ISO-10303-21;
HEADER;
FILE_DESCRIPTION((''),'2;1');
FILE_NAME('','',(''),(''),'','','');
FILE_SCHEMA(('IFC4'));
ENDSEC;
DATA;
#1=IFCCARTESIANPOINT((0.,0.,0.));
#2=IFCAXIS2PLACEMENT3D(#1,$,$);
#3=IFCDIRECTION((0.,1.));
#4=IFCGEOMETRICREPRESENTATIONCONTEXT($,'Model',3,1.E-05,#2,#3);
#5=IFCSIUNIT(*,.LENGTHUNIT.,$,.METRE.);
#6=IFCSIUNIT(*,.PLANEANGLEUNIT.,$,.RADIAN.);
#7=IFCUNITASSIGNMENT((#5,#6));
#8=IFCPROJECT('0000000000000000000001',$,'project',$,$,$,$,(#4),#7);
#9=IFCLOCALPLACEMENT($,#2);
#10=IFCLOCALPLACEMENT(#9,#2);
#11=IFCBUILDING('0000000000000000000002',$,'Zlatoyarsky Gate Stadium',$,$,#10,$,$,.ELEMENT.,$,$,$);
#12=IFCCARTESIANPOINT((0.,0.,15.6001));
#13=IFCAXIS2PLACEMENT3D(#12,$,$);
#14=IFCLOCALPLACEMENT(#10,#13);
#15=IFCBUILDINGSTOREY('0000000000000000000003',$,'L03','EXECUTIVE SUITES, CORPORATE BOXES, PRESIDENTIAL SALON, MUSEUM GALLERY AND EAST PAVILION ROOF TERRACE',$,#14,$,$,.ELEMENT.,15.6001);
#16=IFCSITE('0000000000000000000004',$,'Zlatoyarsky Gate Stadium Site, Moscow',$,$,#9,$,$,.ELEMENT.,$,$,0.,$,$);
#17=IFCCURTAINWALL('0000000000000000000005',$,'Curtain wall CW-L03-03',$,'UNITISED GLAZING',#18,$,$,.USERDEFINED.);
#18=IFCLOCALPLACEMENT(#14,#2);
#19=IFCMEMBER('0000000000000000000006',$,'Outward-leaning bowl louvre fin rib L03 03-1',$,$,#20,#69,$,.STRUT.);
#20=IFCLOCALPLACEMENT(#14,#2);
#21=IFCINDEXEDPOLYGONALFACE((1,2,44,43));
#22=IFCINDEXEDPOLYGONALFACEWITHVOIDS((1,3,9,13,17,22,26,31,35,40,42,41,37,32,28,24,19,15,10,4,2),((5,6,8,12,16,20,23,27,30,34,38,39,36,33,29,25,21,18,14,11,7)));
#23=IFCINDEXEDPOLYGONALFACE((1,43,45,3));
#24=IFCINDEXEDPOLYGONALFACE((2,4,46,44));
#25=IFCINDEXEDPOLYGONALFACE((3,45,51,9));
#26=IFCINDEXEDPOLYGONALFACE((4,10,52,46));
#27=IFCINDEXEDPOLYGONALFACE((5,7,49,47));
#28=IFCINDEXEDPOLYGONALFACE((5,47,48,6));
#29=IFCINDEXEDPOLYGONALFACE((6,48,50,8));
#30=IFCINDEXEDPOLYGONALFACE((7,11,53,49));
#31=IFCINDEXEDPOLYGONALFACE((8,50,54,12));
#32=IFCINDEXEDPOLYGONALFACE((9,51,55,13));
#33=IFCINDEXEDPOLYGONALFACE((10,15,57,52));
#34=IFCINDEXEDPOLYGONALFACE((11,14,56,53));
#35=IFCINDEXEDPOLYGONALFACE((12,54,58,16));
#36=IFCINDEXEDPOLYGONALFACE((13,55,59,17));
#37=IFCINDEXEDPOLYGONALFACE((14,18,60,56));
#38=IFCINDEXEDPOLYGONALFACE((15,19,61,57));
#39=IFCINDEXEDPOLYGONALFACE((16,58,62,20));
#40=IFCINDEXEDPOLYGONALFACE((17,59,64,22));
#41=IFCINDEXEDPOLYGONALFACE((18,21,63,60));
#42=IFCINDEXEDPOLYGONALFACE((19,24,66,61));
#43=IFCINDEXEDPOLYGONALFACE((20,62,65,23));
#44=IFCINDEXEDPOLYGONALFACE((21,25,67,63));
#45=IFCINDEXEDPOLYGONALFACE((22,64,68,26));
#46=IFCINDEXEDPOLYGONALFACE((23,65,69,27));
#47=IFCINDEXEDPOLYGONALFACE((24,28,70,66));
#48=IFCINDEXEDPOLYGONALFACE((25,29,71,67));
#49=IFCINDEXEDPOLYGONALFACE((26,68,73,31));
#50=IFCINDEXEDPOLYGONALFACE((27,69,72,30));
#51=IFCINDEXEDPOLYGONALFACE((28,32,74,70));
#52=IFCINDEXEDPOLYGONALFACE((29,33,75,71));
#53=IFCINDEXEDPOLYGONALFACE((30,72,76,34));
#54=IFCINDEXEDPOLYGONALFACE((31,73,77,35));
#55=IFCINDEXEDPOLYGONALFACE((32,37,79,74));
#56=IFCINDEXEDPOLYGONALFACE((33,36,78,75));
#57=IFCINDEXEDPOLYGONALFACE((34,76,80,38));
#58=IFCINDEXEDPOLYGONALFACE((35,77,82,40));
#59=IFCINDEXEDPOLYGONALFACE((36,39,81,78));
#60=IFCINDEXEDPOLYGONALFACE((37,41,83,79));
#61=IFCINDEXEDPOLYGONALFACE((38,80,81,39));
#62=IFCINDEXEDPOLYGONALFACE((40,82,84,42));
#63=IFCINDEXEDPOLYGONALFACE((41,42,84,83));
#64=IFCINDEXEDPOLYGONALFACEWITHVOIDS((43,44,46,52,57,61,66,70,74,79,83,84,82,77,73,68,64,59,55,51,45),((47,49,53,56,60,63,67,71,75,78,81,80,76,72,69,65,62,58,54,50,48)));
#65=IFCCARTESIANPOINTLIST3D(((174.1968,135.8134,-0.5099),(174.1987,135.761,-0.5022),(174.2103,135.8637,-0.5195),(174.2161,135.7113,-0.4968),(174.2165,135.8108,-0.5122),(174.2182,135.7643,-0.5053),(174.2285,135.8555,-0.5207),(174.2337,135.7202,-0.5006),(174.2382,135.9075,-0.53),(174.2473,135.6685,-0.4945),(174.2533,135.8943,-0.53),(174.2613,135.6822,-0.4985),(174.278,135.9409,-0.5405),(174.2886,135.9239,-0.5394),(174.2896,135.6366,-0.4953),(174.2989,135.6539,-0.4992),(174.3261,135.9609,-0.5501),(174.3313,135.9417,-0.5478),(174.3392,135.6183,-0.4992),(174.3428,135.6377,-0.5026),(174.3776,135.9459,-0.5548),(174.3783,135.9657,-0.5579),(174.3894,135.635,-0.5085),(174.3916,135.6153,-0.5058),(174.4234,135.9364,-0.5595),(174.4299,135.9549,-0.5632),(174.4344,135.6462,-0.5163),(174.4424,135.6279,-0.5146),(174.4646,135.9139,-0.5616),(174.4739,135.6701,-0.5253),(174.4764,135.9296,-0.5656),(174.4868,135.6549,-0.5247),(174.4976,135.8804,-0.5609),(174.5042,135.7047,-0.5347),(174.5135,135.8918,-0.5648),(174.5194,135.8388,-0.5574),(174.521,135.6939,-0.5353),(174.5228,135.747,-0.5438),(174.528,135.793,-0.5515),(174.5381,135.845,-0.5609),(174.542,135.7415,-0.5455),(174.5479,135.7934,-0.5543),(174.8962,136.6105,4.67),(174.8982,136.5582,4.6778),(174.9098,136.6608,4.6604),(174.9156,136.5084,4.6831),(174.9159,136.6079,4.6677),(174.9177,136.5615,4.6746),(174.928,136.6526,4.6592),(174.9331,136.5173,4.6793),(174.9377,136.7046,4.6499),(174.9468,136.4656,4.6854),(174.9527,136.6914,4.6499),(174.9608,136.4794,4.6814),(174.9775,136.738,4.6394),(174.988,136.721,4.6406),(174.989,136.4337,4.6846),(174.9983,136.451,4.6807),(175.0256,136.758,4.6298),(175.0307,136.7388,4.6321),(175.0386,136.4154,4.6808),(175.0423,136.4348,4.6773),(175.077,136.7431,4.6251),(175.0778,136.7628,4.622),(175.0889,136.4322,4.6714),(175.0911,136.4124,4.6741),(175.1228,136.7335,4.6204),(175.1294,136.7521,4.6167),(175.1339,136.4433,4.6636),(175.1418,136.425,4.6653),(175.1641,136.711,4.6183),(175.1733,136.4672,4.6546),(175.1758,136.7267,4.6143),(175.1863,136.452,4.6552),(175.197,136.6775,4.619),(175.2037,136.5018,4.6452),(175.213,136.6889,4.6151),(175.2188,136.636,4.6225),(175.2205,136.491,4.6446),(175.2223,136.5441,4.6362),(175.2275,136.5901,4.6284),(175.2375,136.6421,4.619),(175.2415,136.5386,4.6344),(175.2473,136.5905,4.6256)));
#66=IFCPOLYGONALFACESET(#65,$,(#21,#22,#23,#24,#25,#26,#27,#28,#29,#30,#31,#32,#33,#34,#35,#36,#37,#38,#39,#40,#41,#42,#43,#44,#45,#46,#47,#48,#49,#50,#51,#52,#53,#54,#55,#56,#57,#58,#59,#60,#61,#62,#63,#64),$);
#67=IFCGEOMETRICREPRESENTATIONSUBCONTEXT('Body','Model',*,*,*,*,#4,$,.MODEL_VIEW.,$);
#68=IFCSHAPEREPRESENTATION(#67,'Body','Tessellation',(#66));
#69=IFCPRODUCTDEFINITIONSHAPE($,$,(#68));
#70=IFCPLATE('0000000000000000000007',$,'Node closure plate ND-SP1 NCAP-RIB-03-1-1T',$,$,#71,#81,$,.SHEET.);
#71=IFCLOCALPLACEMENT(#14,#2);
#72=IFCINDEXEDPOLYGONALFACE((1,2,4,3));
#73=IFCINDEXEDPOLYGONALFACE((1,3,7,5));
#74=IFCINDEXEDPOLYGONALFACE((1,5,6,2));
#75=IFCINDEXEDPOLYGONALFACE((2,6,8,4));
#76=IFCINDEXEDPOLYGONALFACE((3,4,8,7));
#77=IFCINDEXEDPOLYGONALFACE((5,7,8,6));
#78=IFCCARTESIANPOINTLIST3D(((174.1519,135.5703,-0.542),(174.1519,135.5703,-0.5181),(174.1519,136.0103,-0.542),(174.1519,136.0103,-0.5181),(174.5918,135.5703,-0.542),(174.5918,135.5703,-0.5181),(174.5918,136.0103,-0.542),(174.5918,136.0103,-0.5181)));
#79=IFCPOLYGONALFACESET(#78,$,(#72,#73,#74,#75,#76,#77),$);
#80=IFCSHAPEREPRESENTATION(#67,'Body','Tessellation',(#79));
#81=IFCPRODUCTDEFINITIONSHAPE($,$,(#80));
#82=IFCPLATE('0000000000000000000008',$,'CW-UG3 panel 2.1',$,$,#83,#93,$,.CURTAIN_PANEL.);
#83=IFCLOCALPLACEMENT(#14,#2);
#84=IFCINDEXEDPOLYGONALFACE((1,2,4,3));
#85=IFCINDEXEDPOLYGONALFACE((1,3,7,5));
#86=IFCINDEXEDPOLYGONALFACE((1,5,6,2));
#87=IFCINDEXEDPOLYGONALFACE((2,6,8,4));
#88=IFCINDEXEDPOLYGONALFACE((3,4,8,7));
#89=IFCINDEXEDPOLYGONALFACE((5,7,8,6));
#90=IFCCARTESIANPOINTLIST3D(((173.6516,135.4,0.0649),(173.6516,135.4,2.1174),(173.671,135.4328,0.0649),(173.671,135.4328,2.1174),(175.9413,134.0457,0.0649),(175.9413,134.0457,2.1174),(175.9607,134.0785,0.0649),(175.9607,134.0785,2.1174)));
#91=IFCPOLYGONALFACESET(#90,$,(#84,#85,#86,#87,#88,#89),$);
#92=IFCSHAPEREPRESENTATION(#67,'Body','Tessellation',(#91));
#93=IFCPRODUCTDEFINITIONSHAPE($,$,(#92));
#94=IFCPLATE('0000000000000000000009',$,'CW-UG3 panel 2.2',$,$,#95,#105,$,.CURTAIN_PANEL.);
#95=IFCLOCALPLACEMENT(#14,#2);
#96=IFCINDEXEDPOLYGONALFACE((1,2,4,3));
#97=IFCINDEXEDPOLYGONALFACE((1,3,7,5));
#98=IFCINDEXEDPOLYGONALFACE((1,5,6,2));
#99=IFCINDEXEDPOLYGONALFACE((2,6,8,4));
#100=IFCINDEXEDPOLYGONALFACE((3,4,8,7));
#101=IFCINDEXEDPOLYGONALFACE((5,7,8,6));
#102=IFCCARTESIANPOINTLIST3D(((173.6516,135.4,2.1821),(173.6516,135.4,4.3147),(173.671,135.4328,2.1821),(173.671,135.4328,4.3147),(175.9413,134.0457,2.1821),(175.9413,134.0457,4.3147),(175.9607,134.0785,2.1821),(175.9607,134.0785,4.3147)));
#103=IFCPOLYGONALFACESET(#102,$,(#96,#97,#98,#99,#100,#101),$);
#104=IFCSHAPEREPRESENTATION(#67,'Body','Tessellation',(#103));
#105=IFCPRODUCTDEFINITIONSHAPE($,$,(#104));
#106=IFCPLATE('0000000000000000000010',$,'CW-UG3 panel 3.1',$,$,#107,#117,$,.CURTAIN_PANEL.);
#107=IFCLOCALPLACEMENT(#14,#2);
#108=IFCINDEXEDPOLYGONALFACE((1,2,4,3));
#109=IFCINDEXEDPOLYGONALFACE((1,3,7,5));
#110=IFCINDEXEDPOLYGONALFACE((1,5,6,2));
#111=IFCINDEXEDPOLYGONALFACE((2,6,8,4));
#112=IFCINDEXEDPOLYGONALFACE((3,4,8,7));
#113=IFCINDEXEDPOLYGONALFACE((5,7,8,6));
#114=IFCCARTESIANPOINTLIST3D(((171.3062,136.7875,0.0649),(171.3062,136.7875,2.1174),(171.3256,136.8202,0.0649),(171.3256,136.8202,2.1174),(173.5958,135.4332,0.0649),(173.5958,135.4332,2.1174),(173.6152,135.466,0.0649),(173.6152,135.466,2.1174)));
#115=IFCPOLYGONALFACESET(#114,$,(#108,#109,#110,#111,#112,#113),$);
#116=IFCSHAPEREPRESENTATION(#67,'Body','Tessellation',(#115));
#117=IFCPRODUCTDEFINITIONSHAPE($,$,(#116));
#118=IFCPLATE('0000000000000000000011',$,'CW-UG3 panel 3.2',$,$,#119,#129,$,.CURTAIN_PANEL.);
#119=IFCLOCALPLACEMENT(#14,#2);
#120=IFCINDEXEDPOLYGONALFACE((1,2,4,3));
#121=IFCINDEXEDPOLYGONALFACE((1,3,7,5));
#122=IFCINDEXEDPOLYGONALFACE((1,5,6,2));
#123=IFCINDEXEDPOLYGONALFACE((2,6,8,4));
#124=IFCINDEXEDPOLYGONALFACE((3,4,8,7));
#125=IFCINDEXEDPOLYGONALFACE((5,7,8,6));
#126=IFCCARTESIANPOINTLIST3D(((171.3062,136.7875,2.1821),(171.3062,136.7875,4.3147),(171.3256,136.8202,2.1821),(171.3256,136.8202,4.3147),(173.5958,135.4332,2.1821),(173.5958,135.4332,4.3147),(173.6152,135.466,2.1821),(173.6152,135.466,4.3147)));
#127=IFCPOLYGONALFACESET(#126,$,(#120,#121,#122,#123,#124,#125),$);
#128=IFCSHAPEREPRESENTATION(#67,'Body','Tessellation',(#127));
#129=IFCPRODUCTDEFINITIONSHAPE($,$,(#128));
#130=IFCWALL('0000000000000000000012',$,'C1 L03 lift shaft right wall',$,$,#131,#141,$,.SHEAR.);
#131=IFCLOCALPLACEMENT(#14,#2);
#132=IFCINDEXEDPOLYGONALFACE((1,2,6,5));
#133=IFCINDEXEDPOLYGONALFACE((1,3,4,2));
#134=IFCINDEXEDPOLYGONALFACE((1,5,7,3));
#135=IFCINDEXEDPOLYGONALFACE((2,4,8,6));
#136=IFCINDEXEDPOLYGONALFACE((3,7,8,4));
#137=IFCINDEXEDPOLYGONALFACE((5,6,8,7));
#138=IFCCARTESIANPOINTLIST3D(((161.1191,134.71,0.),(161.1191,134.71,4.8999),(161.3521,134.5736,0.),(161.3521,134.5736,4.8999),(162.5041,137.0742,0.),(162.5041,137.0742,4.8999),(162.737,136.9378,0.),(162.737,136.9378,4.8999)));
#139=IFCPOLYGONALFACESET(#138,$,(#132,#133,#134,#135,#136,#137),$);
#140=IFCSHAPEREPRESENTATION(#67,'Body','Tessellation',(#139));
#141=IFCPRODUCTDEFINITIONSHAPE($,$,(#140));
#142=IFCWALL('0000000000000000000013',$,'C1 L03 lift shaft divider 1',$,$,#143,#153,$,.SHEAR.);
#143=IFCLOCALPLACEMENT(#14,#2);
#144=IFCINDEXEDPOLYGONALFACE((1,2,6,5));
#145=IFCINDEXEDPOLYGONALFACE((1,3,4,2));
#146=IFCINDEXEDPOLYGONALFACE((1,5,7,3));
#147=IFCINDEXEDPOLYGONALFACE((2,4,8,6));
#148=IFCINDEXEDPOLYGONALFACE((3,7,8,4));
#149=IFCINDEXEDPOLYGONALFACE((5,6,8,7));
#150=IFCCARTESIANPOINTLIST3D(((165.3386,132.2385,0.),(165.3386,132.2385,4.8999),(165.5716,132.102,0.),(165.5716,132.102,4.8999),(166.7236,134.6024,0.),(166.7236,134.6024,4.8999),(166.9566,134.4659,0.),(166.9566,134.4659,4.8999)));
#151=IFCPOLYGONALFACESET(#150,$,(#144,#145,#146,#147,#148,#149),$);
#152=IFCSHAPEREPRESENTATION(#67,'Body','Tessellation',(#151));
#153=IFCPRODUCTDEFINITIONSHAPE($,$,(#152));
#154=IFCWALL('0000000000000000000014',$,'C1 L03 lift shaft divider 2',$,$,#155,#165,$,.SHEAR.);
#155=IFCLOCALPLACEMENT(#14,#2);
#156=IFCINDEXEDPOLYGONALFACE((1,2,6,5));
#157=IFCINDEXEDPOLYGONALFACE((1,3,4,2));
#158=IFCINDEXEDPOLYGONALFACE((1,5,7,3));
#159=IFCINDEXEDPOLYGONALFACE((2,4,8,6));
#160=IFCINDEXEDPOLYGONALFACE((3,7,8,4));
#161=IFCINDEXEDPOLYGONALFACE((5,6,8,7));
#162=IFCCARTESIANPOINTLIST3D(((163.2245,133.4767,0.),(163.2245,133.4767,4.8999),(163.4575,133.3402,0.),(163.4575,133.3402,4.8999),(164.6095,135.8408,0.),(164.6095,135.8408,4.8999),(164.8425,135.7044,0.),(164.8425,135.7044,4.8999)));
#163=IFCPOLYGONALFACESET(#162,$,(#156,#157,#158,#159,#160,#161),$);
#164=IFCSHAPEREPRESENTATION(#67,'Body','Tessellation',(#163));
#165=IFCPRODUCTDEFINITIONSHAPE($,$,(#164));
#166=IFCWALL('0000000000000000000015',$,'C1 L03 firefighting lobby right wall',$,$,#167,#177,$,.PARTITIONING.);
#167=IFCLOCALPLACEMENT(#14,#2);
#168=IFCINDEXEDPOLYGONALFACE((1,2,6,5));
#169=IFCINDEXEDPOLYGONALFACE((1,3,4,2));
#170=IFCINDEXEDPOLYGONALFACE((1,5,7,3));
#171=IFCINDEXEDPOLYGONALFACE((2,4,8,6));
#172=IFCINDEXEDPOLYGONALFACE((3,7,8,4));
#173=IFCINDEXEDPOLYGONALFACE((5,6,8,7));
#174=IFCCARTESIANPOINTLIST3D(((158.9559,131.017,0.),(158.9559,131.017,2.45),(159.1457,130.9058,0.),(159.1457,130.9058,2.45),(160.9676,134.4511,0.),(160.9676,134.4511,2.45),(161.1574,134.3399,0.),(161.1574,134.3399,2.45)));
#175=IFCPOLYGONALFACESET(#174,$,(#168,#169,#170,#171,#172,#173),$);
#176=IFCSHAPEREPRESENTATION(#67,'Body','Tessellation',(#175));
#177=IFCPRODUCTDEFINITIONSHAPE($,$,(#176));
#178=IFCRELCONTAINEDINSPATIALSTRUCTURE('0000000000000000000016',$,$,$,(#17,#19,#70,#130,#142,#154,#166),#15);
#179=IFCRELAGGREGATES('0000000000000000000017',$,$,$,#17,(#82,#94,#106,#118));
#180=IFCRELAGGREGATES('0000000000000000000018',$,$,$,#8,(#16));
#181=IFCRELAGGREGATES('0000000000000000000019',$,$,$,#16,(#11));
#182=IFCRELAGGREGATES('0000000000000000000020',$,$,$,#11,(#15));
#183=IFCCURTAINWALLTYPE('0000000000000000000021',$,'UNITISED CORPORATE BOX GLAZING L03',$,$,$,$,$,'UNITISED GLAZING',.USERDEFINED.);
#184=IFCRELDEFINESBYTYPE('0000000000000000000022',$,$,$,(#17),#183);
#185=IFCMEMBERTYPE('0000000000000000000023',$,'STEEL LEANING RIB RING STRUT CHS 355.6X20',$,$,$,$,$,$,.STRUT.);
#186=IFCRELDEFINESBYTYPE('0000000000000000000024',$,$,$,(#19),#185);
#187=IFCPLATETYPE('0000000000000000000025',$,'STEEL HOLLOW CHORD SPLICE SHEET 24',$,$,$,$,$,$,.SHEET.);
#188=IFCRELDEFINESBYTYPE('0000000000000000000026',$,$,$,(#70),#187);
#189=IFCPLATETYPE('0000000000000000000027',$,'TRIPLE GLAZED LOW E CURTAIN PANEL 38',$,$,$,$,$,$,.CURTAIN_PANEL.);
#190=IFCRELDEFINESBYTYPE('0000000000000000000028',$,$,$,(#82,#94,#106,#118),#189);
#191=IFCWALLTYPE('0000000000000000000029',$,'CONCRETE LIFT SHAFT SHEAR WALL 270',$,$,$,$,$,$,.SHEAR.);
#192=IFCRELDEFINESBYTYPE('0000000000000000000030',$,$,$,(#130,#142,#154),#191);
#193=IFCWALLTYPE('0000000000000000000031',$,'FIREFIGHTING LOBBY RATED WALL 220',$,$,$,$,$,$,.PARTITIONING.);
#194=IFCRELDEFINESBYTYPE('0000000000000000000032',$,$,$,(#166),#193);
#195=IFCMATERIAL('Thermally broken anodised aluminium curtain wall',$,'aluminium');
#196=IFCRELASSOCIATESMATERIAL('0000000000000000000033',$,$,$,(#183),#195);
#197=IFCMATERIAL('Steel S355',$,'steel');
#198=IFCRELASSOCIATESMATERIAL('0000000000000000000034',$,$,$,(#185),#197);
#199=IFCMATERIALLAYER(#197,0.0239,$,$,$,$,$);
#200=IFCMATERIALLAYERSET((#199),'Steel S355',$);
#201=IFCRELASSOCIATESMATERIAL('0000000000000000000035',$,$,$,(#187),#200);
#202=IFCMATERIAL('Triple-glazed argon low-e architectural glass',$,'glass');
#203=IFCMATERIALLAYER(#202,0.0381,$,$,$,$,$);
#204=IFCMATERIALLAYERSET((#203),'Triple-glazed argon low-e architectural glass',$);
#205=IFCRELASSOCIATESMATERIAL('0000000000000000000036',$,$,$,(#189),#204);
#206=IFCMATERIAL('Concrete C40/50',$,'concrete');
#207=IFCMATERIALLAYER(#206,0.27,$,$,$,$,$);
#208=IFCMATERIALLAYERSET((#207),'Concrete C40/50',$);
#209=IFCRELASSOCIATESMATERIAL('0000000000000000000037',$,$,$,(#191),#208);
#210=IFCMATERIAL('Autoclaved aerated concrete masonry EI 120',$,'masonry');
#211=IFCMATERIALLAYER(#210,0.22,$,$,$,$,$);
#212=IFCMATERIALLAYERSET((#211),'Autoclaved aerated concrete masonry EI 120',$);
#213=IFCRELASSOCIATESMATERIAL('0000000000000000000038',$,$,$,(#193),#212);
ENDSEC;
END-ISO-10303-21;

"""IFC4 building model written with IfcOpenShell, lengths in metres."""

from ifc_helpers import new_model, si_unit, direction, frame, frame_2d, origin, origin_2d, place, context, subcontext, project, spatial, rectangle, hollow_circle, extrude, material, layer, layer_set, material_profile, profile_set, type_object, element, aggregate, save


model = new_model("IFC4")

# Units and contexts
model_context = context("Model", 3, precision=1e-05, world=origin(), true_north=direction((0.0, 1.0)))
body_context = subcontext(model_context, "Body", "Model", "MODEL_VIEW")
ifc_project = project(units=[si_unit("LENGTHUNIT", "METRE"), si_unit("PLANEANGLEUNIT", "RADIAN")], contexts=[model_context])

# Site, building, storey
site_placement = place(None, origin())
site = spatial("IfcSite", under=ifc_project, at=site_placement, Name="Zlatoyarsky Gate Stadium Site, Moscow", CompositionType="ELEMENT", RefElevation=0.0)
building_placement = place(site_placement, origin())
building = spatial("IfcBuilding", under=site, at=building_placement, Name="Zlatoyarsky Gate Stadium", CompositionType="ELEMENT")
storey_placement = place(building_placement, frame((0.0, 0.0, 15.6001)))
storey = spatial("IfcBuildingStorey", under=building, at=storey_placement, Name="L03", Description="EXECUTIVE SUITES, CORPORATE BOXES, PRESIDENTIAL SALON, MUSEUM GALLERY AND EAST PAVILION ROOF TERRACE", CompositionType="ELEMENT", Elevation=15.6001)

# Curtain wall
ifc_material_1 = material(Name="Thermally broken anodised aluminium curtain wall", Category="aluminium")
curtain_wall_type = type_object("IfcCurtainWallType", Name="UNITISED CORPORATE BOX GLAZING L03", ElementType="UNITISED GLAZING", PredefinedType="USERDEFINED", material=ifc_material_1)
curtain_wall_placement = place(storey_placement, origin())
curtain_wall = element("IfcCurtainWall", 1, at=curtain_wall_placement, inside=storey, type_object=curtain_wall_type, Name="Curtain wall CW-L03-03", ObjectType="UNITISED GLAZING", PredefinedType="USERDEFINED")

# Member
ifc_material_2 = material(Name="Steel S355", Category="steel")
ifc_material_profile_1 = material_profile(ifc_material_2, hollow_circle(Radius=0.1777, WallThickness=0.02, at=origin_2d()), Name="CHS 355.6X20")
ifc_profile_set_1 = profile_set([ifc_material_profile_1], Name="Steel S355")
member_type_1 = type_object("IfcMemberType", Name="STEEL LEANING RIB RING STRUT CHS 355.6X20", PredefinedType="STRUT", material=ifc_profile_set_1)
member_1_placement = place(storey_placement, frame((174.3718, 135.7903, -0.53), z_axis=(0.132289, 0.150759, 0.979679), x_axis=(-0.751649, 0.659563, 0.0)))
element("IfcMember", 2, at=member_1_placement, inside=storey, type_object=member_type_1, Name="Outward-leaning bowl louvre fin rib L03 03-1", PredefinedType="STRUT", context=body_context, shape_type="SweptSolid", body=[
    extrude(hollow_circle(Radius=0.1777, WallThickness=0.02, at=origin_2d()), origin(), (0.0, 0.0, 1.0), 5.2874),
])

# Plates
ifc_layer_1 = layer(ifc_material_2, 0.0239)
ifc_layer_set_1 = layer_set([ifc_layer_1], Name="Steel S355")
plate_type_1 = type_object("IfcPlateType", Name="STEEL HOLLOW CHORD SPLICE SHEET 24", PredefinedType="SHEET", material=ifc_layer_set_1)
plate_1_placement = place(storey_placement, frame((174.3718, 135.7903, -0.542), z_axis=(0.0, 0.0, 1.0), x_axis=(1.0, 0.0, 0.0)))
element("IfcPlate", 3, at=plate_1_placement, inside=storey, type_object=plate_type_1, Name="Node closure plate ND-SP1 NCAP-RIB-03-1-1T", PredefinedType="SHEET", context=body_context, shape_type="SweptSolid", body=[
    extrude(rectangle(XDim=0.4399, YDim=0.4399, at=origin_2d()), origin(), (0.0, 0.0, 1.0), 0.0239),
])
ifc_material_3 = material(Name="Triple-glazed argon low-e architectural glass", Category="glass")
ifc_layer_2 = layer(ifc_material_3, 0.0381)
ifc_layer_set_2 = layer_set([ifc_layer_2], Name="Triple-glazed argon low-e architectural glass")
plate_type_2 = type_object("IfcPlateType", Name="TRIPLE GLAZED LOW E CURTAIN PANEL 38", PredefinedType="CURTAIN_PANEL", material=ifc_layer_set_2)
plate_2_placement = place(storey_placement, frame((174.8062, 134.7393, 0.0649), z_axis=(0.0, 0.0, 1.0), x_axis=(-0.860708, 0.509098, 0.0)))
plate_2 = element("IfcPlate", 4, at=plate_2_placement, type_object=plate_type_2, Name="CW-UG3 panel 2.1", PredefinedType="CURTAIN_PANEL", context=body_context, shape_type="SweptSolid", body=[
    extrude(rectangle(XDim=2.6602, YDim=0.0381, at=origin_2d()), origin(), (0.0, 0.0, 1.0), 2.0525),
])
plate_3_placement = place(storey_placement, frame((174.8062, 134.7393, 2.1821), z_axis=(0.0, 0.0, 1.0), x_axis=(-0.860708, 0.509098, 0.0)))
plate_3 = element("IfcPlate", 5, at=plate_3_placement, type_object=plate_type_2, Name="CW-UG3 panel 2.2", PredefinedType="CURTAIN_PANEL", context=body_context, shape_type="SweptSolid", body=[
    extrude(rectangle(XDim=2.6602, YDim=0.0381, at=origin_2d()), origin(), (0.0, 0.0, 1.0), 2.1326),
])
plate_4_placement = place(storey_placement, frame((172.4607, 136.1267, 0.0649), z_axis=(0.0, 0.0, 1.0), x_axis=(-0.860708, 0.509098, 0.0)))
plate_4 = element("IfcPlate", 6, at=plate_4_placement, type_object=plate_type_2, Name="CW-UG3 panel 3.1", PredefinedType="CURTAIN_PANEL", context=body_context, shape_type="SweptSolid", body=[
    extrude(rectangle(XDim=2.6602, YDim=0.0381, at=origin_2d()), origin(), (0.0, 0.0, 1.0), 2.0525),
])
plate_5_placement = place(storey_placement, frame((172.4607, 136.1267, 2.1821), z_axis=(0.0, 0.0, 1.0), x_axis=(-0.860708, 0.509098, 0.0)))
plate_5 = element("IfcPlate", 7, at=plate_5_placement, type_object=plate_type_2, Name="CW-UG3 panel 3.2", PredefinedType="CURTAIN_PANEL", context=body_context, shape_type="SweptSolid", body=[
    extrude(rectangle(XDim=2.6602, YDim=0.0381, at=origin_2d()), origin(), (0.0, 0.0, 1.0), 2.1326),
])
aggregate(curtain_wall, [plate_2, plate_3, plate_4, plate_5])

# Walls
ifc_material_4 = material(Name="Concrete C40/50", Category="concrete")
ifc_layer_3 = layer(ifc_material_4, 0.27)
ifc_layer_set_3 = layer_set([ifc_layer_3], Name="Concrete C40/50")
wall_type_1 = type_object("IfcWallType", Name="CONCRETE LIFT SHAFT SHEAR WALL 270", PredefinedType="SHEAR", material=ifc_layer_set_3)
wall_1_placement = place(storey_placement, frame((162.6206, 137.0061, 0.0), z_axis=(0.0, 0.0, 1.0), x_axis=(-0.505466, -0.862847, 0.0)))
element("IfcWall", 8, at=wall_1_placement, inside=storey, type_object=wall_type_1, Name="C1 L03 lift shaft right wall", PredefinedType="SHEAR", context=body_context, shape_type="SweptSolid", body=[
    extrude(rectangle(XDim=2.74, YDim=0.27, at=frame_2d((1.3701, 0.0))), origin(), (0.0, 0.0, 1.0), 4.8999),
])
wall_2_placement = place(storey_placement, frame((166.8401, 134.5342, 0.0), z_axis=(0.0, 0.0, 1.0), x_axis=(-0.505505, -0.862824, 0.0)))
element("IfcWall", 9, at=wall_2_placement, inside=storey, type_object=wall_type_1, Name="C1 L03 lift shaft divider 1", PredefinedType="SHEAR", context=body_context, shape_type="SweptSolid", body=[
    extrude(rectangle(XDim=2.7397, YDim=0.27, at=frame_2d((1.3699, 0.0))), origin(), (0.0, 0.0, 1.0), 4.8999),
])
wall_3_placement = place(storey_placement, frame((164.7261, 135.7727, 0.0), z_axis=(0.0, 0.0, 1.0), x_axis=(-0.505466, -0.862847, 0.0)))
element("IfcWall", 10, at=wall_3_placement, inside=storey, type_object=wall_type_1, Name="C1 L03 lift shaft divider 2", PredefinedType="SHEAR", context=body_context, shape_type="SweptSolid", body=[
    extrude(rectangle(XDim=2.74, YDim=0.27, at=frame_2d((1.3701, 0.0))), origin(), (0.0, 0.0, 1.0), 4.8999),
])
ifc_material_5 = material(Name="Autoclaved aerated concrete masonry EI 120", Category="masonry")
ifc_layer_4 = layer(ifc_material_5, 0.22)
ifc_layer_set_4 = layer_set([ifc_layer_4], Name="Autoclaved aerated concrete masonry EI 120")
wall_type_2 = type_object("IfcWallType", Name="FIREFIGHTING LOBBY RATED WALL 220", PredefinedType="PARTITIONING", material=ifc_layer_set_4)
wall_4_placement = place(storey_placement, frame((161.0625, 134.3955, 0.0), z_axis=(0.0, 0.0, 1.0), x_axis=(-0.505464, -0.862847, 0.0)))
element("IfcWall", 11, at=wall_4_placement, inside=storey, type_object=wall_type_2, Name="C1 L03 firefighting lobby right wall", PredefinedType="PARTITIONING", context=body_context, shape_type="SweptSolid", body=[
    extrude(rectangle(XDim=3.98, YDim=0.22, at=frame_2d((1.99, 0.0))), origin(), (0.0, 0.0, 1.0), 2.45),
])

save(model, "model.ifc")
